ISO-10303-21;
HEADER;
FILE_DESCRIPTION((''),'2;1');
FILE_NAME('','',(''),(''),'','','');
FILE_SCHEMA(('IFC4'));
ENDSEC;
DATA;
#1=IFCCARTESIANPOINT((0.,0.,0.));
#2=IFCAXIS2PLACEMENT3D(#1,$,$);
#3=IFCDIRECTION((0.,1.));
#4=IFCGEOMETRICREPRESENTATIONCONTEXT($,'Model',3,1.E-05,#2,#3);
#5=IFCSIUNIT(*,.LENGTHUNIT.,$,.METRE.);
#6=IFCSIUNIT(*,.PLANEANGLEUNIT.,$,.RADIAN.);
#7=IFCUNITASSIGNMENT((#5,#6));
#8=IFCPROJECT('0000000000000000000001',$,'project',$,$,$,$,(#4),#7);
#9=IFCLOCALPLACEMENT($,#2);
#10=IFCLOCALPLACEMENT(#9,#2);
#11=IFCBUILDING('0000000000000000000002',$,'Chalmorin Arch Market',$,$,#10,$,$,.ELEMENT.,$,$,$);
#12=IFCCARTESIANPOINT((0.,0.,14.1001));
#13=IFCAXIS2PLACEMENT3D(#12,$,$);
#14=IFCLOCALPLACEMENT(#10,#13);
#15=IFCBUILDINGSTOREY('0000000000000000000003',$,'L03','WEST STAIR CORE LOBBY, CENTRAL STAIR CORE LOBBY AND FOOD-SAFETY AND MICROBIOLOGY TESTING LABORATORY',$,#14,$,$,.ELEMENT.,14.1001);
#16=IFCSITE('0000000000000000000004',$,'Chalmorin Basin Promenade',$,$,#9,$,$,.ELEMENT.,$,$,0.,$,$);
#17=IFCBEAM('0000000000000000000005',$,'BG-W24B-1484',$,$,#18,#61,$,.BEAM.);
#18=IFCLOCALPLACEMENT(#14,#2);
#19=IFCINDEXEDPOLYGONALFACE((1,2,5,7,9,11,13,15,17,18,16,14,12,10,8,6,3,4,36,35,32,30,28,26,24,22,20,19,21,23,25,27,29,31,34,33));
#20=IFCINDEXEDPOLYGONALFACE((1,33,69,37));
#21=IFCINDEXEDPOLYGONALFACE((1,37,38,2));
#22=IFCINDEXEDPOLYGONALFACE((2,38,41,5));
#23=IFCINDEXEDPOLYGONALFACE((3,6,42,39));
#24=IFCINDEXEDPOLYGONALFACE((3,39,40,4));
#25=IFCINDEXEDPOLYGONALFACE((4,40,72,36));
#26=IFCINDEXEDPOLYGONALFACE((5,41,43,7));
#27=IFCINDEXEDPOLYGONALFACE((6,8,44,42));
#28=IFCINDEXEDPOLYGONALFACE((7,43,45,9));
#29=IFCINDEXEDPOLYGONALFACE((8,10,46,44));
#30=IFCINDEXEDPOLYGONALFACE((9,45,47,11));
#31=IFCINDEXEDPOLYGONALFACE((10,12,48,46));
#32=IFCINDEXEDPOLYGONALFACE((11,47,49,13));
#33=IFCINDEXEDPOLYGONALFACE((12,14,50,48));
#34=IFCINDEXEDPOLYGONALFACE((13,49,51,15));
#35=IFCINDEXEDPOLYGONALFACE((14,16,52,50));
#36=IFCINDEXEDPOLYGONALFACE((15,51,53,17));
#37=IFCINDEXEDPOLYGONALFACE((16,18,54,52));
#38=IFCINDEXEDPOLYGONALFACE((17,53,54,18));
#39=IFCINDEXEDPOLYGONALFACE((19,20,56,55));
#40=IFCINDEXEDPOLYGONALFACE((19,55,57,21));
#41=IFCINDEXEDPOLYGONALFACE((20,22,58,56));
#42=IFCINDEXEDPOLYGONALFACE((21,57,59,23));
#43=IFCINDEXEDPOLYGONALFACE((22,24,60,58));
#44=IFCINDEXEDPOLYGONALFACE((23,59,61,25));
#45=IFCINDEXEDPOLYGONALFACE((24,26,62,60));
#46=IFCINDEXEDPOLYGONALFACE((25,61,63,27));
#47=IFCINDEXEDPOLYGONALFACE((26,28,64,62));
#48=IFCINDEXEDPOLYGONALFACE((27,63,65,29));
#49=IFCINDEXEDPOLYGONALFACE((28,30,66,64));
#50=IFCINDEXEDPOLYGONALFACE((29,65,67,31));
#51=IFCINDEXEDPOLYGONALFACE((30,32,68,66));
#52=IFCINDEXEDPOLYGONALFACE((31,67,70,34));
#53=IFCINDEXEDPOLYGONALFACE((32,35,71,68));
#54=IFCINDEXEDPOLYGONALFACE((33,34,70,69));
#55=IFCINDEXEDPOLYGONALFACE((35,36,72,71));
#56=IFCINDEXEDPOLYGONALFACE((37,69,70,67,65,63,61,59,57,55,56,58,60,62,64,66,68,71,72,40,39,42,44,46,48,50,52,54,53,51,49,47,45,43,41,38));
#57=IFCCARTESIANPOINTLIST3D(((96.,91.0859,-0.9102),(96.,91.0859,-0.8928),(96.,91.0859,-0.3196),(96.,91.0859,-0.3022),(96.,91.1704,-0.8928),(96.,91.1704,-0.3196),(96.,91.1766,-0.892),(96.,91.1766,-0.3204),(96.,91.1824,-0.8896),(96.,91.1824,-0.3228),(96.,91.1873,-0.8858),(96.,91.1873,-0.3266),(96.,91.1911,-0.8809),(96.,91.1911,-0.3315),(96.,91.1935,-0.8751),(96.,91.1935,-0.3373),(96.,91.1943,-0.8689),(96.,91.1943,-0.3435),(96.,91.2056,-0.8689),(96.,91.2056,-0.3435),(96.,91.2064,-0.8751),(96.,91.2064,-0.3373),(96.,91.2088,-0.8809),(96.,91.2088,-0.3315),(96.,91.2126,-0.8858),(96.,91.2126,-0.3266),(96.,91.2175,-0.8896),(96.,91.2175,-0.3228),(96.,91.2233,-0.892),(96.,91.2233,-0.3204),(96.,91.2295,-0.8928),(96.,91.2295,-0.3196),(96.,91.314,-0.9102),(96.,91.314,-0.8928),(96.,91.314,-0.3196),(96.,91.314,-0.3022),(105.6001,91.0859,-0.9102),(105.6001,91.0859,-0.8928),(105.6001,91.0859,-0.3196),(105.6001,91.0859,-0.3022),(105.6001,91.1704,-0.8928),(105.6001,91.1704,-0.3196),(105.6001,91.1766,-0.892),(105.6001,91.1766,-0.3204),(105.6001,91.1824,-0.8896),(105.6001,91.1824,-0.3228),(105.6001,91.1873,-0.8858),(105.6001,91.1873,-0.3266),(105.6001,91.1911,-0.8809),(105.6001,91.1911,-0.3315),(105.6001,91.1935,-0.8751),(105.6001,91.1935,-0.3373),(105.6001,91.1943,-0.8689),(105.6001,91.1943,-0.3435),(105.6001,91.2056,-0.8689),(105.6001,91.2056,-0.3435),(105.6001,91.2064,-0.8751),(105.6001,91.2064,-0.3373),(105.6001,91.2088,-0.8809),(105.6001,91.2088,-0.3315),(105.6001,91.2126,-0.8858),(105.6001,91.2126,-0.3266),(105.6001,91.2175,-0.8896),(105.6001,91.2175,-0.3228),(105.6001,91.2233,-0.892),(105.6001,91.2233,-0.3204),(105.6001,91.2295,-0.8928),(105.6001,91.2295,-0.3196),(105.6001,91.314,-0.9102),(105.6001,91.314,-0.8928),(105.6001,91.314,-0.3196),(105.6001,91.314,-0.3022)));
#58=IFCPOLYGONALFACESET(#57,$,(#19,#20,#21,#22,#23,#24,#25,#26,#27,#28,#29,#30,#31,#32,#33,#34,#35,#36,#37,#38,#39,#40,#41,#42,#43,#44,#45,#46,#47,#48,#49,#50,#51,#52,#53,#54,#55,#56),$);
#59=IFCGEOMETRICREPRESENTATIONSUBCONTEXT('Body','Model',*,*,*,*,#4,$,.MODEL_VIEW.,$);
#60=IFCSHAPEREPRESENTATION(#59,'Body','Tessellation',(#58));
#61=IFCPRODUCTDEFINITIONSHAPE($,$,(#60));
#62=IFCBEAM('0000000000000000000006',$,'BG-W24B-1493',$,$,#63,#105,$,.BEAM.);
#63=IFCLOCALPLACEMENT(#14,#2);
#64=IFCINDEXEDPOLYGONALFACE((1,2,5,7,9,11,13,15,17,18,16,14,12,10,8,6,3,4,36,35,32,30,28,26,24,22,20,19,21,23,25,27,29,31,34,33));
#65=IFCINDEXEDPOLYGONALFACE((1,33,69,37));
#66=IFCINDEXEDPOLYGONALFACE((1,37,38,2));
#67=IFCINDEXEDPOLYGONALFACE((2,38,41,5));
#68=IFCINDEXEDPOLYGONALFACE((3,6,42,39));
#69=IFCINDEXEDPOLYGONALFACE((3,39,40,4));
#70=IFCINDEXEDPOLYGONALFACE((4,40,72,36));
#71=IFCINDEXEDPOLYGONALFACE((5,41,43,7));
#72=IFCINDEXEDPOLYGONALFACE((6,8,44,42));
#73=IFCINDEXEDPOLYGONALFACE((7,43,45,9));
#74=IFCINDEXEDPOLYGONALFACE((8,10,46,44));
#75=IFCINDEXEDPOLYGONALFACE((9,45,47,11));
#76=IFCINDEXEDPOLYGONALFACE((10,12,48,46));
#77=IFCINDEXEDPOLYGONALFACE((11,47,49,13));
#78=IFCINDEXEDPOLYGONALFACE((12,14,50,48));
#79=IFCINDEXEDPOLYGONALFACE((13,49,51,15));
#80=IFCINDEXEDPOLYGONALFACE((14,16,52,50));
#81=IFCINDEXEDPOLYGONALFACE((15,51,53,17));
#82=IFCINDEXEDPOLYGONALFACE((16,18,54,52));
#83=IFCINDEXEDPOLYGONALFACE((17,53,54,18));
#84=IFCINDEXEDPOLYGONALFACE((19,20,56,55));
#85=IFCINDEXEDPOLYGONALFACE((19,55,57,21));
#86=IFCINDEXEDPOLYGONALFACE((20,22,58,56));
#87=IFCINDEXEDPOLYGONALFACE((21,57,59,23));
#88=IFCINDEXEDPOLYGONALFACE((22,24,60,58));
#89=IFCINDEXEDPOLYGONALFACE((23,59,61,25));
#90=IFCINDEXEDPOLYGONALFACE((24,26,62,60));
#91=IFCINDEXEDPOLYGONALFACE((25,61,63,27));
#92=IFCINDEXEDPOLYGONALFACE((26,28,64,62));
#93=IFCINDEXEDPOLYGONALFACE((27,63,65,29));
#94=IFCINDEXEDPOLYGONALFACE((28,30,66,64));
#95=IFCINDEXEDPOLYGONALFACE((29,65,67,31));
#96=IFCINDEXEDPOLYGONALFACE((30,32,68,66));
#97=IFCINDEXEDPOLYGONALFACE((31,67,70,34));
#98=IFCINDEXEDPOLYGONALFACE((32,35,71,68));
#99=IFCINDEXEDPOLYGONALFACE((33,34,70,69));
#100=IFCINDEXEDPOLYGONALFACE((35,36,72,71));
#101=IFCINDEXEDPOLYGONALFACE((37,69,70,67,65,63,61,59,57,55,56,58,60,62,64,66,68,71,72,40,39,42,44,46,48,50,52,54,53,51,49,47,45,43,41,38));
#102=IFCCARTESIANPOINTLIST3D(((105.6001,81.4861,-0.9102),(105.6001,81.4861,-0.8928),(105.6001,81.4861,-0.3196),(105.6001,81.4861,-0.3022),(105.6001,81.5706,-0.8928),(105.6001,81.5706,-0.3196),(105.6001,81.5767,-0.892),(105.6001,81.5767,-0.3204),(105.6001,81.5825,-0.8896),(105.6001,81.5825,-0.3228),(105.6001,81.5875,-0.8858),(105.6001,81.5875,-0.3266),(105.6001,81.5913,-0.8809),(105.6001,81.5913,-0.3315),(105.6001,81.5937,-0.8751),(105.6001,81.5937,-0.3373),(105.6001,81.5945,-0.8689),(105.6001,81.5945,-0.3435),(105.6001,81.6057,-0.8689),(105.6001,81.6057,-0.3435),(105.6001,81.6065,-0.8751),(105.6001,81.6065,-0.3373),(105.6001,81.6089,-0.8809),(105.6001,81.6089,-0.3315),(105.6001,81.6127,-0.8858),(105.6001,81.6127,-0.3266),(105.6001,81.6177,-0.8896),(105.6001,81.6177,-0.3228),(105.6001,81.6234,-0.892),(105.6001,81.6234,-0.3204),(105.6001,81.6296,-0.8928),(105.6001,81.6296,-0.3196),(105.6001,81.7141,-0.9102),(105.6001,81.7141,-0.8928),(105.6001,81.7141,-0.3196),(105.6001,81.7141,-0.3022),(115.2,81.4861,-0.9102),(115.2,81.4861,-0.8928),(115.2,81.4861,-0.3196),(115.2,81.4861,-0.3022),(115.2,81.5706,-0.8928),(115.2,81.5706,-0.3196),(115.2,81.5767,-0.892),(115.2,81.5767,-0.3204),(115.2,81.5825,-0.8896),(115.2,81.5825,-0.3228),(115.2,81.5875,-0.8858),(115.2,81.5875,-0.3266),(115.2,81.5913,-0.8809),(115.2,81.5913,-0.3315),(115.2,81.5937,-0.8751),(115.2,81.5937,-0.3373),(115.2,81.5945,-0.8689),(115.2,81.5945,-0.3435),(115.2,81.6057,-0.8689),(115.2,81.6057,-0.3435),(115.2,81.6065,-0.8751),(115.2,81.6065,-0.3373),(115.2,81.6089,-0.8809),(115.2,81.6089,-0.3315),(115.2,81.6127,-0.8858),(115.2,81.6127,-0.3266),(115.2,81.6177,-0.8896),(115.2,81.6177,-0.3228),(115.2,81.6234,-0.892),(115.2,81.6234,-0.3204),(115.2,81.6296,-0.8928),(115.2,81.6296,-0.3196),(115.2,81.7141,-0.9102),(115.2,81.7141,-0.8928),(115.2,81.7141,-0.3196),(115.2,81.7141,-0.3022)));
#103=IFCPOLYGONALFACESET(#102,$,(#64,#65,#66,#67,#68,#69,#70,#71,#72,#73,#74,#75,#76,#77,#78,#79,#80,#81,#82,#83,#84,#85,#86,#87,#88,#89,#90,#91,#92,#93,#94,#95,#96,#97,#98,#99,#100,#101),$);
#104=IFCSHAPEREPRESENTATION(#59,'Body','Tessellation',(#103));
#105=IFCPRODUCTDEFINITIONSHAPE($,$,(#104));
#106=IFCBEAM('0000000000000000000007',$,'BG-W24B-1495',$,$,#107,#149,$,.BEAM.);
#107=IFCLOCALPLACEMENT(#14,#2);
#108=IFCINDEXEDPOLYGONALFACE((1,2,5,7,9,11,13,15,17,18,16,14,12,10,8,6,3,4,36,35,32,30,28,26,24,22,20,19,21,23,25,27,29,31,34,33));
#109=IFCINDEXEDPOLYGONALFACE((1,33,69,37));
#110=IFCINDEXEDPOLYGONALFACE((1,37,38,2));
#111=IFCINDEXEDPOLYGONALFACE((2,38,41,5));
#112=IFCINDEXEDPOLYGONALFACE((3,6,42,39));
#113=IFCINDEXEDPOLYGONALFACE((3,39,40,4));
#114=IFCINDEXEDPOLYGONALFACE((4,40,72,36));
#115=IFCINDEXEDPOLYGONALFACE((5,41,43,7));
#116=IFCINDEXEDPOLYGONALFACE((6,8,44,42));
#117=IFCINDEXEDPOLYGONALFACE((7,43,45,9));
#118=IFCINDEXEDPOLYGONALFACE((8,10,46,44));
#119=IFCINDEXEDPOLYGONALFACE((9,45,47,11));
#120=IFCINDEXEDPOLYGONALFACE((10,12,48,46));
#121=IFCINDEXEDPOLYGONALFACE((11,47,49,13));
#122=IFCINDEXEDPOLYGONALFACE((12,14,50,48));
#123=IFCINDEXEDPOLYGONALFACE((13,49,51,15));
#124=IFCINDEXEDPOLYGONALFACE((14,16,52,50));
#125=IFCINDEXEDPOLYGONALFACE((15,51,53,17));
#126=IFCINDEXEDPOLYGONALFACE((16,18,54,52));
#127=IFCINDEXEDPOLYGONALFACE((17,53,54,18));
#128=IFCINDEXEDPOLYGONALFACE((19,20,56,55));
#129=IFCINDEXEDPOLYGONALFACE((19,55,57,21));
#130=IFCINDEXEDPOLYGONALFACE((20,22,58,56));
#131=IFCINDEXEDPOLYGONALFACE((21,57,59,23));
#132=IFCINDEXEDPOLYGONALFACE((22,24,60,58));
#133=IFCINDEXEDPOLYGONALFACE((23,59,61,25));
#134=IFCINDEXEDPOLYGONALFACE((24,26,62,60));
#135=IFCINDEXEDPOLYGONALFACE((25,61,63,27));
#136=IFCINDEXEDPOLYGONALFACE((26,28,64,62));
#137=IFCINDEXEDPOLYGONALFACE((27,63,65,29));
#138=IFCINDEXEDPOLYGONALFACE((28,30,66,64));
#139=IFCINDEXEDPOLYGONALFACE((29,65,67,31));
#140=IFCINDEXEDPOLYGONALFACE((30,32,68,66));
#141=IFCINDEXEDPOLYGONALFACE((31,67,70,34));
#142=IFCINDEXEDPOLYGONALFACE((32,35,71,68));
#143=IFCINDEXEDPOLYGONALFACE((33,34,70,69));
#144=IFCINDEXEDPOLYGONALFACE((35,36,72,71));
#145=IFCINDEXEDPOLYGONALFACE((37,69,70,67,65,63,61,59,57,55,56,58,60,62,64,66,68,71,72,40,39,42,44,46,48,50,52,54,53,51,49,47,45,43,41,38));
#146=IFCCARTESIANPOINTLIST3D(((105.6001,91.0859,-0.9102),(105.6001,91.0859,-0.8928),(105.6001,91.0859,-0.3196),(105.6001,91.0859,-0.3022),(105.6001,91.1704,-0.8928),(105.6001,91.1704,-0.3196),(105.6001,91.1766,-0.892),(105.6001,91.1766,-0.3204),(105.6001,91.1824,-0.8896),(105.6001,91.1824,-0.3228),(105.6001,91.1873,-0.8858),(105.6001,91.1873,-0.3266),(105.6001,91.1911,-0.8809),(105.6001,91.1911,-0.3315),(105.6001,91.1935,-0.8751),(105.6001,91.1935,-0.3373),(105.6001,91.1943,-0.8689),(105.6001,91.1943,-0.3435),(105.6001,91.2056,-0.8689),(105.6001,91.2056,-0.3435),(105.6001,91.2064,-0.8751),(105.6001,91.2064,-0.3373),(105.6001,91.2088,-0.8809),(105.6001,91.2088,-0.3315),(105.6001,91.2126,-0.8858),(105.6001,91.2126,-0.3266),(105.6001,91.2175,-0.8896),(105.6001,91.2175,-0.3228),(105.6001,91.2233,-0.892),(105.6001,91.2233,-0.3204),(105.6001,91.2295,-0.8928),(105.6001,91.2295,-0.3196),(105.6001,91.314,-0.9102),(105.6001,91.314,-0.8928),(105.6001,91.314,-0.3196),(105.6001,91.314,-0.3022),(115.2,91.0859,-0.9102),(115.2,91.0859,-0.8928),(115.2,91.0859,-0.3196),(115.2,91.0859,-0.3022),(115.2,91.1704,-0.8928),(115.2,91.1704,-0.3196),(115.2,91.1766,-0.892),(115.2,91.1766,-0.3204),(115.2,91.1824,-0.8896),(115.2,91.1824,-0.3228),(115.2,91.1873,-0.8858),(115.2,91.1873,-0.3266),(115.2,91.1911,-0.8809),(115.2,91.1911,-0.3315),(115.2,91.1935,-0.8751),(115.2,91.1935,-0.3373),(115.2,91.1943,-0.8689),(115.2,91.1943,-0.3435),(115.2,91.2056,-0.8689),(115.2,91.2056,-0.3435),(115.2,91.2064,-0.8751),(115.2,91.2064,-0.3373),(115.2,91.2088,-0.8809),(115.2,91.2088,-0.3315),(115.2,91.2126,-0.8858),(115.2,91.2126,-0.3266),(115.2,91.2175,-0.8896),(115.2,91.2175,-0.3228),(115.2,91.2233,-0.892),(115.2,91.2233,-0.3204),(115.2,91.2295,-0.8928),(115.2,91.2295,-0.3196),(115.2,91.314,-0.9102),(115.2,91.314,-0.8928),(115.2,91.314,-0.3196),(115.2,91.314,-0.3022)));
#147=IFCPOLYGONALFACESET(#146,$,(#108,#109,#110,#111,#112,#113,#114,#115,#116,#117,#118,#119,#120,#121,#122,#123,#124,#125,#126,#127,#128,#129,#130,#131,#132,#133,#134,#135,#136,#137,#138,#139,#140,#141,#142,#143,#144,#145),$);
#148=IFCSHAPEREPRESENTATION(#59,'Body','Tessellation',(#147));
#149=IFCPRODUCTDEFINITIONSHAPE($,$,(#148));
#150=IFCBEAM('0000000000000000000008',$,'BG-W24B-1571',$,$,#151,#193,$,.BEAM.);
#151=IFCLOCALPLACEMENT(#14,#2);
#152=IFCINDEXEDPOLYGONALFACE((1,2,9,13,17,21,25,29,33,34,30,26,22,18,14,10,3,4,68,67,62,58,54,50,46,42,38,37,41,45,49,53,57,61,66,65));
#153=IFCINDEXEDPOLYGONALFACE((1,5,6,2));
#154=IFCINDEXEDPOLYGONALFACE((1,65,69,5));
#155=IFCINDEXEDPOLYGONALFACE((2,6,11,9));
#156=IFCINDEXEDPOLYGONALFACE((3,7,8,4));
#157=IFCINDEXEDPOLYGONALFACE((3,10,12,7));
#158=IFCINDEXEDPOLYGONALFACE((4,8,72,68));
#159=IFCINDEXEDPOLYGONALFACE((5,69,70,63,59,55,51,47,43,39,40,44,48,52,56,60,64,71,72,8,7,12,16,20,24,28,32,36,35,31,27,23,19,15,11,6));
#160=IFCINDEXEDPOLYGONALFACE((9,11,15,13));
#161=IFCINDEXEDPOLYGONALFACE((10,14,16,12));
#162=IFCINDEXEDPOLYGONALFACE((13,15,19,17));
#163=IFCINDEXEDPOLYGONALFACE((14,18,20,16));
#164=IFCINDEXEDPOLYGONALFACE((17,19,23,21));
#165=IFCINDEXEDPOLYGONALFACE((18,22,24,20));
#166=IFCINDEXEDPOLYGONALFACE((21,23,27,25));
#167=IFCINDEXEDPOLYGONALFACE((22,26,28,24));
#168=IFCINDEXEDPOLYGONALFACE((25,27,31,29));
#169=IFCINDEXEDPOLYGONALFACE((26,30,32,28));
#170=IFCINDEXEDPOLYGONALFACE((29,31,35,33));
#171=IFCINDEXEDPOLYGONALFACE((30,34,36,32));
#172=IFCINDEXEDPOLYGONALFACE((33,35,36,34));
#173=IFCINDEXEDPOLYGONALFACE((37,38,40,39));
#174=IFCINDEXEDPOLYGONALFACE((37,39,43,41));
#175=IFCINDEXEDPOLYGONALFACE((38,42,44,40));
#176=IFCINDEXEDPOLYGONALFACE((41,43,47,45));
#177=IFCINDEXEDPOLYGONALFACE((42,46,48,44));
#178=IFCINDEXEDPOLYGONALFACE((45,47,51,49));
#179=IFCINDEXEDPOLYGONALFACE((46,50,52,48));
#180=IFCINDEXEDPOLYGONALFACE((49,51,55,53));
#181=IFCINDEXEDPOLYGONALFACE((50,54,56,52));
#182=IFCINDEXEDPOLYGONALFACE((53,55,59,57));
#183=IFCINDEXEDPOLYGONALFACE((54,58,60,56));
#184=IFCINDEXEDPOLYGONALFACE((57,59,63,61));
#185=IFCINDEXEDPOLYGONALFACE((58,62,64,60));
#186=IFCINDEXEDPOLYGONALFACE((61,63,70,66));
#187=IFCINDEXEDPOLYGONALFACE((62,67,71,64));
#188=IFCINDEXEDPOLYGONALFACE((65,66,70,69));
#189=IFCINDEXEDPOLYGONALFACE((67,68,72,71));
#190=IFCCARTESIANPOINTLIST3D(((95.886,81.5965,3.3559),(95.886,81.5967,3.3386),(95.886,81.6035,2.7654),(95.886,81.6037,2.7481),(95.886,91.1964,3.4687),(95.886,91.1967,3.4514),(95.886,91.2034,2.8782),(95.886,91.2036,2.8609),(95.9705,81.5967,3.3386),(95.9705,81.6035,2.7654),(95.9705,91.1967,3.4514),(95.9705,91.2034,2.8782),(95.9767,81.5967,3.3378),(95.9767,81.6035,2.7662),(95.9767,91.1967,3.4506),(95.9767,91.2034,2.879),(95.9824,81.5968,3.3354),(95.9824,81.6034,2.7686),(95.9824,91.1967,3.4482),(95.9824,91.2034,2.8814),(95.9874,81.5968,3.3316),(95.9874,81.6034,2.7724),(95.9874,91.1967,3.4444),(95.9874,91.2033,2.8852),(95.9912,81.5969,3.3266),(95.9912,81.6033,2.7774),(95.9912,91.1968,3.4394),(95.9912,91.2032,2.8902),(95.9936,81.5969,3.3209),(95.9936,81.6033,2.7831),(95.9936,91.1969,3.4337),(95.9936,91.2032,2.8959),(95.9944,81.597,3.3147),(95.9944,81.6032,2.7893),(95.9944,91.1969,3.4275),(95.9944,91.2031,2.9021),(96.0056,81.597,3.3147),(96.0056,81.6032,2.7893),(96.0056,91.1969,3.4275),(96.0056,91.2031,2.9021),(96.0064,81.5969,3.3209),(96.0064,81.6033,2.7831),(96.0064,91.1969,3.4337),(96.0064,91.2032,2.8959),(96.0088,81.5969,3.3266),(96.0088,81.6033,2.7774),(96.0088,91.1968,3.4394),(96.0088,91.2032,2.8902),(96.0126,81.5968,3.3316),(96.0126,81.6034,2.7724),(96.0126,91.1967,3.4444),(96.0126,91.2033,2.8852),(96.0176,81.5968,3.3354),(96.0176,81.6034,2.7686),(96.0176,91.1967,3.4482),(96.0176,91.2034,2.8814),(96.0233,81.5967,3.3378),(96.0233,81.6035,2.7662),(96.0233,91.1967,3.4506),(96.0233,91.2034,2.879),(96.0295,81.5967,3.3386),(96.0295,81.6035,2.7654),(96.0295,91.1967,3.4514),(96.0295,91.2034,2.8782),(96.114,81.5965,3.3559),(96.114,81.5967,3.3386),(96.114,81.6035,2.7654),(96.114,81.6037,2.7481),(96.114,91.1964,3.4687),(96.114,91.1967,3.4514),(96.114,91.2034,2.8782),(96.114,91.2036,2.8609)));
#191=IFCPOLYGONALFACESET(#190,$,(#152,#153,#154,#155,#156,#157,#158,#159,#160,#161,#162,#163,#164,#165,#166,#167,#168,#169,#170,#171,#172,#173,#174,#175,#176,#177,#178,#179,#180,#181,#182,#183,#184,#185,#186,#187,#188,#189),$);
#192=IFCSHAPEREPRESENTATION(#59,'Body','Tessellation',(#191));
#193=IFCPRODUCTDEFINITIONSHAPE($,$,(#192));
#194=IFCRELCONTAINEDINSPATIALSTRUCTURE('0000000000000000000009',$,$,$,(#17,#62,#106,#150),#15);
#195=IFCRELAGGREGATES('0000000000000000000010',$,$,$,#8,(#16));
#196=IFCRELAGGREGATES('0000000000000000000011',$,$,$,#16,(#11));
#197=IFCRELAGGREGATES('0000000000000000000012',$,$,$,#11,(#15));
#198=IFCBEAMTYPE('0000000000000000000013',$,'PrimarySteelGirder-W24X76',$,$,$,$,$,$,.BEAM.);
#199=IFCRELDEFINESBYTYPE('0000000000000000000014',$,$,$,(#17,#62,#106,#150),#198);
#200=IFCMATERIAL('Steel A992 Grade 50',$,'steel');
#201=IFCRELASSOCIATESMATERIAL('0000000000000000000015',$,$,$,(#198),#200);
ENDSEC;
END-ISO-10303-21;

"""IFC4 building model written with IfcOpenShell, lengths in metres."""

from ifc_helpers import new_model, si_unit, direction, frame, origin, origin_2d, place, context, subcontext, project, spatial, i_section, extrude, material, material_profile, profile_set, type_object, element, save


model = new_model("IFC4")

# Units and contexts
model_context = context("Model", 3, precision=1e-05, world=origin(), true_north=direction((0.0, 1.0)))
body_context = subcontext(model_context, "Body", "Model", "MODEL_VIEW")
ifc_project = project(units=[si_unit("LENGTHUNIT", "METRE"), si_unit("PLANEANGLEUNIT", "RADIAN")], contexts=[model_context])

# Site, building, storey
site_placement = place(None, origin())
site = spatial("IfcSite", under=ifc_project, at=site_placement, Name="Chalmorin Basin Promenade", CompositionType="ELEMENT", RefElevation=0.0)
building_placement = place(site_placement, origin())
building = spatial("IfcBuilding", under=site, at=building_placement, Name="Chalmorin Arch Market", CompositionType="ELEMENT")
storey_placement = place(building_placement, frame((0.0, 0.0, 14.1001)))
storey = spatial("IfcBuildingStorey", under=building, at=storey_placement, Name="L03", Description="WEST STAIR CORE LOBBY, CENTRAL STAIR CORE LOBBY AND FOOD-SAFETY AND MICROBIOLOGY TESTING LABORATORY", CompositionType="ELEMENT", Elevation=14.1001)

# Beams
ifc_material_1 = material(Name="Steel A992 Grade 50", Category="steel")
ifc_material_profile_1 = material_profile(ifc_material_1, i_section(OverallWidth=0.228, OverallDepth=0.6079, WebThickness=0.0112, FlangeThickness=0.0173, FilletRadius=0.0239, at=origin_2d()), Name="W24X76")
ifc_profile_set_1 = profile_set([ifc_material_profile_1], Name="Steel A992 Grade 50")
beam_type_1 = type_object("IfcBeamType", Name="PrimarySteelGirder-W24X76", PredefinedType="BEAM", material=ifc_profile_set_1)
for number, where, z_axis, x_axis, name in (
    (1, (96.0, 91.2, -0.6062), (1.0, 0.0, 0.0), (0.0, 1.0, 0.0), "BG-W24B-1484"),
):
    element("IfcBeam", number, at=place(storey_placement, frame(where, z_axis=z_axis, x_axis=x_axis)), inside=storey, type_object=beam_type_1, Name=name, PredefinedType="BEAM", context=body_context, shape_type="SweptSolid", body=[
        extrude(i_section(OverallWidth=0.228, OverallDepth=0.6079, WebThickness=0.0112, FlangeThickness=0.0173, FilletRadius=0.0239, at=origin_2d()), origin(), (0.0, 0.0, 1.0), 9.6001),
    ])
for number, where, z_axis, x_axis, name in (
    (2, (105.6001, 81.6001, -0.6062), (1.0, 0.0, 0.0), (0.0, 1.0, 0.0), "BG-W24B-1493"),
    (3, (105.6001, 91.2, -0.6062), (1.0, 0.0, 0.0), (0.0, 1.0, 0.0), "BG-W24B-1495"),
):
    element("IfcBeam", number, at=place(storey_placement, frame(where, z_axis=z_axis, x_axis=x_axis)), inside=storey, type_object=beam_type_1, Name=name, PredefinedType="BEAM", context=body_context, shape_type="SweptSolid", body=[
        extrude(i_section(OverallWidth=0.228, OverallDepth=0.6079, WebThickness=0.0112, FlangeThickness=0.0173, FilletRadius=0.0239, at=origin_2d()), origin(), (0.0, 0.0, 1.0), 9.5999),
    ])
beam_1_placement = place(storey_placement, frame((96.0, 81.6001, 3.052), z_axis=(0.0, 0.999931, 0.011749), x_axis=(-1.0, 0.0, 0.0)))
element("IfcBeam", 4, at=beam_1_placement, inside=storey, type_object=beam_type_1, Name="BG-W24B-1571", PredefinedType="BEAM", context=body_context, shape_type="SweptSolid", body=[
    extrude(i_section(OverallWidth=0.228, OverallDepth=0.6079, WebThickness=0.0112, FlangeThickness=0.0173, FilletRadius=0.0239, at=origin_2d()), origin(), (0.0, 0.0, 1.0), 9.6006),
])

save(model, "model.ifc")
